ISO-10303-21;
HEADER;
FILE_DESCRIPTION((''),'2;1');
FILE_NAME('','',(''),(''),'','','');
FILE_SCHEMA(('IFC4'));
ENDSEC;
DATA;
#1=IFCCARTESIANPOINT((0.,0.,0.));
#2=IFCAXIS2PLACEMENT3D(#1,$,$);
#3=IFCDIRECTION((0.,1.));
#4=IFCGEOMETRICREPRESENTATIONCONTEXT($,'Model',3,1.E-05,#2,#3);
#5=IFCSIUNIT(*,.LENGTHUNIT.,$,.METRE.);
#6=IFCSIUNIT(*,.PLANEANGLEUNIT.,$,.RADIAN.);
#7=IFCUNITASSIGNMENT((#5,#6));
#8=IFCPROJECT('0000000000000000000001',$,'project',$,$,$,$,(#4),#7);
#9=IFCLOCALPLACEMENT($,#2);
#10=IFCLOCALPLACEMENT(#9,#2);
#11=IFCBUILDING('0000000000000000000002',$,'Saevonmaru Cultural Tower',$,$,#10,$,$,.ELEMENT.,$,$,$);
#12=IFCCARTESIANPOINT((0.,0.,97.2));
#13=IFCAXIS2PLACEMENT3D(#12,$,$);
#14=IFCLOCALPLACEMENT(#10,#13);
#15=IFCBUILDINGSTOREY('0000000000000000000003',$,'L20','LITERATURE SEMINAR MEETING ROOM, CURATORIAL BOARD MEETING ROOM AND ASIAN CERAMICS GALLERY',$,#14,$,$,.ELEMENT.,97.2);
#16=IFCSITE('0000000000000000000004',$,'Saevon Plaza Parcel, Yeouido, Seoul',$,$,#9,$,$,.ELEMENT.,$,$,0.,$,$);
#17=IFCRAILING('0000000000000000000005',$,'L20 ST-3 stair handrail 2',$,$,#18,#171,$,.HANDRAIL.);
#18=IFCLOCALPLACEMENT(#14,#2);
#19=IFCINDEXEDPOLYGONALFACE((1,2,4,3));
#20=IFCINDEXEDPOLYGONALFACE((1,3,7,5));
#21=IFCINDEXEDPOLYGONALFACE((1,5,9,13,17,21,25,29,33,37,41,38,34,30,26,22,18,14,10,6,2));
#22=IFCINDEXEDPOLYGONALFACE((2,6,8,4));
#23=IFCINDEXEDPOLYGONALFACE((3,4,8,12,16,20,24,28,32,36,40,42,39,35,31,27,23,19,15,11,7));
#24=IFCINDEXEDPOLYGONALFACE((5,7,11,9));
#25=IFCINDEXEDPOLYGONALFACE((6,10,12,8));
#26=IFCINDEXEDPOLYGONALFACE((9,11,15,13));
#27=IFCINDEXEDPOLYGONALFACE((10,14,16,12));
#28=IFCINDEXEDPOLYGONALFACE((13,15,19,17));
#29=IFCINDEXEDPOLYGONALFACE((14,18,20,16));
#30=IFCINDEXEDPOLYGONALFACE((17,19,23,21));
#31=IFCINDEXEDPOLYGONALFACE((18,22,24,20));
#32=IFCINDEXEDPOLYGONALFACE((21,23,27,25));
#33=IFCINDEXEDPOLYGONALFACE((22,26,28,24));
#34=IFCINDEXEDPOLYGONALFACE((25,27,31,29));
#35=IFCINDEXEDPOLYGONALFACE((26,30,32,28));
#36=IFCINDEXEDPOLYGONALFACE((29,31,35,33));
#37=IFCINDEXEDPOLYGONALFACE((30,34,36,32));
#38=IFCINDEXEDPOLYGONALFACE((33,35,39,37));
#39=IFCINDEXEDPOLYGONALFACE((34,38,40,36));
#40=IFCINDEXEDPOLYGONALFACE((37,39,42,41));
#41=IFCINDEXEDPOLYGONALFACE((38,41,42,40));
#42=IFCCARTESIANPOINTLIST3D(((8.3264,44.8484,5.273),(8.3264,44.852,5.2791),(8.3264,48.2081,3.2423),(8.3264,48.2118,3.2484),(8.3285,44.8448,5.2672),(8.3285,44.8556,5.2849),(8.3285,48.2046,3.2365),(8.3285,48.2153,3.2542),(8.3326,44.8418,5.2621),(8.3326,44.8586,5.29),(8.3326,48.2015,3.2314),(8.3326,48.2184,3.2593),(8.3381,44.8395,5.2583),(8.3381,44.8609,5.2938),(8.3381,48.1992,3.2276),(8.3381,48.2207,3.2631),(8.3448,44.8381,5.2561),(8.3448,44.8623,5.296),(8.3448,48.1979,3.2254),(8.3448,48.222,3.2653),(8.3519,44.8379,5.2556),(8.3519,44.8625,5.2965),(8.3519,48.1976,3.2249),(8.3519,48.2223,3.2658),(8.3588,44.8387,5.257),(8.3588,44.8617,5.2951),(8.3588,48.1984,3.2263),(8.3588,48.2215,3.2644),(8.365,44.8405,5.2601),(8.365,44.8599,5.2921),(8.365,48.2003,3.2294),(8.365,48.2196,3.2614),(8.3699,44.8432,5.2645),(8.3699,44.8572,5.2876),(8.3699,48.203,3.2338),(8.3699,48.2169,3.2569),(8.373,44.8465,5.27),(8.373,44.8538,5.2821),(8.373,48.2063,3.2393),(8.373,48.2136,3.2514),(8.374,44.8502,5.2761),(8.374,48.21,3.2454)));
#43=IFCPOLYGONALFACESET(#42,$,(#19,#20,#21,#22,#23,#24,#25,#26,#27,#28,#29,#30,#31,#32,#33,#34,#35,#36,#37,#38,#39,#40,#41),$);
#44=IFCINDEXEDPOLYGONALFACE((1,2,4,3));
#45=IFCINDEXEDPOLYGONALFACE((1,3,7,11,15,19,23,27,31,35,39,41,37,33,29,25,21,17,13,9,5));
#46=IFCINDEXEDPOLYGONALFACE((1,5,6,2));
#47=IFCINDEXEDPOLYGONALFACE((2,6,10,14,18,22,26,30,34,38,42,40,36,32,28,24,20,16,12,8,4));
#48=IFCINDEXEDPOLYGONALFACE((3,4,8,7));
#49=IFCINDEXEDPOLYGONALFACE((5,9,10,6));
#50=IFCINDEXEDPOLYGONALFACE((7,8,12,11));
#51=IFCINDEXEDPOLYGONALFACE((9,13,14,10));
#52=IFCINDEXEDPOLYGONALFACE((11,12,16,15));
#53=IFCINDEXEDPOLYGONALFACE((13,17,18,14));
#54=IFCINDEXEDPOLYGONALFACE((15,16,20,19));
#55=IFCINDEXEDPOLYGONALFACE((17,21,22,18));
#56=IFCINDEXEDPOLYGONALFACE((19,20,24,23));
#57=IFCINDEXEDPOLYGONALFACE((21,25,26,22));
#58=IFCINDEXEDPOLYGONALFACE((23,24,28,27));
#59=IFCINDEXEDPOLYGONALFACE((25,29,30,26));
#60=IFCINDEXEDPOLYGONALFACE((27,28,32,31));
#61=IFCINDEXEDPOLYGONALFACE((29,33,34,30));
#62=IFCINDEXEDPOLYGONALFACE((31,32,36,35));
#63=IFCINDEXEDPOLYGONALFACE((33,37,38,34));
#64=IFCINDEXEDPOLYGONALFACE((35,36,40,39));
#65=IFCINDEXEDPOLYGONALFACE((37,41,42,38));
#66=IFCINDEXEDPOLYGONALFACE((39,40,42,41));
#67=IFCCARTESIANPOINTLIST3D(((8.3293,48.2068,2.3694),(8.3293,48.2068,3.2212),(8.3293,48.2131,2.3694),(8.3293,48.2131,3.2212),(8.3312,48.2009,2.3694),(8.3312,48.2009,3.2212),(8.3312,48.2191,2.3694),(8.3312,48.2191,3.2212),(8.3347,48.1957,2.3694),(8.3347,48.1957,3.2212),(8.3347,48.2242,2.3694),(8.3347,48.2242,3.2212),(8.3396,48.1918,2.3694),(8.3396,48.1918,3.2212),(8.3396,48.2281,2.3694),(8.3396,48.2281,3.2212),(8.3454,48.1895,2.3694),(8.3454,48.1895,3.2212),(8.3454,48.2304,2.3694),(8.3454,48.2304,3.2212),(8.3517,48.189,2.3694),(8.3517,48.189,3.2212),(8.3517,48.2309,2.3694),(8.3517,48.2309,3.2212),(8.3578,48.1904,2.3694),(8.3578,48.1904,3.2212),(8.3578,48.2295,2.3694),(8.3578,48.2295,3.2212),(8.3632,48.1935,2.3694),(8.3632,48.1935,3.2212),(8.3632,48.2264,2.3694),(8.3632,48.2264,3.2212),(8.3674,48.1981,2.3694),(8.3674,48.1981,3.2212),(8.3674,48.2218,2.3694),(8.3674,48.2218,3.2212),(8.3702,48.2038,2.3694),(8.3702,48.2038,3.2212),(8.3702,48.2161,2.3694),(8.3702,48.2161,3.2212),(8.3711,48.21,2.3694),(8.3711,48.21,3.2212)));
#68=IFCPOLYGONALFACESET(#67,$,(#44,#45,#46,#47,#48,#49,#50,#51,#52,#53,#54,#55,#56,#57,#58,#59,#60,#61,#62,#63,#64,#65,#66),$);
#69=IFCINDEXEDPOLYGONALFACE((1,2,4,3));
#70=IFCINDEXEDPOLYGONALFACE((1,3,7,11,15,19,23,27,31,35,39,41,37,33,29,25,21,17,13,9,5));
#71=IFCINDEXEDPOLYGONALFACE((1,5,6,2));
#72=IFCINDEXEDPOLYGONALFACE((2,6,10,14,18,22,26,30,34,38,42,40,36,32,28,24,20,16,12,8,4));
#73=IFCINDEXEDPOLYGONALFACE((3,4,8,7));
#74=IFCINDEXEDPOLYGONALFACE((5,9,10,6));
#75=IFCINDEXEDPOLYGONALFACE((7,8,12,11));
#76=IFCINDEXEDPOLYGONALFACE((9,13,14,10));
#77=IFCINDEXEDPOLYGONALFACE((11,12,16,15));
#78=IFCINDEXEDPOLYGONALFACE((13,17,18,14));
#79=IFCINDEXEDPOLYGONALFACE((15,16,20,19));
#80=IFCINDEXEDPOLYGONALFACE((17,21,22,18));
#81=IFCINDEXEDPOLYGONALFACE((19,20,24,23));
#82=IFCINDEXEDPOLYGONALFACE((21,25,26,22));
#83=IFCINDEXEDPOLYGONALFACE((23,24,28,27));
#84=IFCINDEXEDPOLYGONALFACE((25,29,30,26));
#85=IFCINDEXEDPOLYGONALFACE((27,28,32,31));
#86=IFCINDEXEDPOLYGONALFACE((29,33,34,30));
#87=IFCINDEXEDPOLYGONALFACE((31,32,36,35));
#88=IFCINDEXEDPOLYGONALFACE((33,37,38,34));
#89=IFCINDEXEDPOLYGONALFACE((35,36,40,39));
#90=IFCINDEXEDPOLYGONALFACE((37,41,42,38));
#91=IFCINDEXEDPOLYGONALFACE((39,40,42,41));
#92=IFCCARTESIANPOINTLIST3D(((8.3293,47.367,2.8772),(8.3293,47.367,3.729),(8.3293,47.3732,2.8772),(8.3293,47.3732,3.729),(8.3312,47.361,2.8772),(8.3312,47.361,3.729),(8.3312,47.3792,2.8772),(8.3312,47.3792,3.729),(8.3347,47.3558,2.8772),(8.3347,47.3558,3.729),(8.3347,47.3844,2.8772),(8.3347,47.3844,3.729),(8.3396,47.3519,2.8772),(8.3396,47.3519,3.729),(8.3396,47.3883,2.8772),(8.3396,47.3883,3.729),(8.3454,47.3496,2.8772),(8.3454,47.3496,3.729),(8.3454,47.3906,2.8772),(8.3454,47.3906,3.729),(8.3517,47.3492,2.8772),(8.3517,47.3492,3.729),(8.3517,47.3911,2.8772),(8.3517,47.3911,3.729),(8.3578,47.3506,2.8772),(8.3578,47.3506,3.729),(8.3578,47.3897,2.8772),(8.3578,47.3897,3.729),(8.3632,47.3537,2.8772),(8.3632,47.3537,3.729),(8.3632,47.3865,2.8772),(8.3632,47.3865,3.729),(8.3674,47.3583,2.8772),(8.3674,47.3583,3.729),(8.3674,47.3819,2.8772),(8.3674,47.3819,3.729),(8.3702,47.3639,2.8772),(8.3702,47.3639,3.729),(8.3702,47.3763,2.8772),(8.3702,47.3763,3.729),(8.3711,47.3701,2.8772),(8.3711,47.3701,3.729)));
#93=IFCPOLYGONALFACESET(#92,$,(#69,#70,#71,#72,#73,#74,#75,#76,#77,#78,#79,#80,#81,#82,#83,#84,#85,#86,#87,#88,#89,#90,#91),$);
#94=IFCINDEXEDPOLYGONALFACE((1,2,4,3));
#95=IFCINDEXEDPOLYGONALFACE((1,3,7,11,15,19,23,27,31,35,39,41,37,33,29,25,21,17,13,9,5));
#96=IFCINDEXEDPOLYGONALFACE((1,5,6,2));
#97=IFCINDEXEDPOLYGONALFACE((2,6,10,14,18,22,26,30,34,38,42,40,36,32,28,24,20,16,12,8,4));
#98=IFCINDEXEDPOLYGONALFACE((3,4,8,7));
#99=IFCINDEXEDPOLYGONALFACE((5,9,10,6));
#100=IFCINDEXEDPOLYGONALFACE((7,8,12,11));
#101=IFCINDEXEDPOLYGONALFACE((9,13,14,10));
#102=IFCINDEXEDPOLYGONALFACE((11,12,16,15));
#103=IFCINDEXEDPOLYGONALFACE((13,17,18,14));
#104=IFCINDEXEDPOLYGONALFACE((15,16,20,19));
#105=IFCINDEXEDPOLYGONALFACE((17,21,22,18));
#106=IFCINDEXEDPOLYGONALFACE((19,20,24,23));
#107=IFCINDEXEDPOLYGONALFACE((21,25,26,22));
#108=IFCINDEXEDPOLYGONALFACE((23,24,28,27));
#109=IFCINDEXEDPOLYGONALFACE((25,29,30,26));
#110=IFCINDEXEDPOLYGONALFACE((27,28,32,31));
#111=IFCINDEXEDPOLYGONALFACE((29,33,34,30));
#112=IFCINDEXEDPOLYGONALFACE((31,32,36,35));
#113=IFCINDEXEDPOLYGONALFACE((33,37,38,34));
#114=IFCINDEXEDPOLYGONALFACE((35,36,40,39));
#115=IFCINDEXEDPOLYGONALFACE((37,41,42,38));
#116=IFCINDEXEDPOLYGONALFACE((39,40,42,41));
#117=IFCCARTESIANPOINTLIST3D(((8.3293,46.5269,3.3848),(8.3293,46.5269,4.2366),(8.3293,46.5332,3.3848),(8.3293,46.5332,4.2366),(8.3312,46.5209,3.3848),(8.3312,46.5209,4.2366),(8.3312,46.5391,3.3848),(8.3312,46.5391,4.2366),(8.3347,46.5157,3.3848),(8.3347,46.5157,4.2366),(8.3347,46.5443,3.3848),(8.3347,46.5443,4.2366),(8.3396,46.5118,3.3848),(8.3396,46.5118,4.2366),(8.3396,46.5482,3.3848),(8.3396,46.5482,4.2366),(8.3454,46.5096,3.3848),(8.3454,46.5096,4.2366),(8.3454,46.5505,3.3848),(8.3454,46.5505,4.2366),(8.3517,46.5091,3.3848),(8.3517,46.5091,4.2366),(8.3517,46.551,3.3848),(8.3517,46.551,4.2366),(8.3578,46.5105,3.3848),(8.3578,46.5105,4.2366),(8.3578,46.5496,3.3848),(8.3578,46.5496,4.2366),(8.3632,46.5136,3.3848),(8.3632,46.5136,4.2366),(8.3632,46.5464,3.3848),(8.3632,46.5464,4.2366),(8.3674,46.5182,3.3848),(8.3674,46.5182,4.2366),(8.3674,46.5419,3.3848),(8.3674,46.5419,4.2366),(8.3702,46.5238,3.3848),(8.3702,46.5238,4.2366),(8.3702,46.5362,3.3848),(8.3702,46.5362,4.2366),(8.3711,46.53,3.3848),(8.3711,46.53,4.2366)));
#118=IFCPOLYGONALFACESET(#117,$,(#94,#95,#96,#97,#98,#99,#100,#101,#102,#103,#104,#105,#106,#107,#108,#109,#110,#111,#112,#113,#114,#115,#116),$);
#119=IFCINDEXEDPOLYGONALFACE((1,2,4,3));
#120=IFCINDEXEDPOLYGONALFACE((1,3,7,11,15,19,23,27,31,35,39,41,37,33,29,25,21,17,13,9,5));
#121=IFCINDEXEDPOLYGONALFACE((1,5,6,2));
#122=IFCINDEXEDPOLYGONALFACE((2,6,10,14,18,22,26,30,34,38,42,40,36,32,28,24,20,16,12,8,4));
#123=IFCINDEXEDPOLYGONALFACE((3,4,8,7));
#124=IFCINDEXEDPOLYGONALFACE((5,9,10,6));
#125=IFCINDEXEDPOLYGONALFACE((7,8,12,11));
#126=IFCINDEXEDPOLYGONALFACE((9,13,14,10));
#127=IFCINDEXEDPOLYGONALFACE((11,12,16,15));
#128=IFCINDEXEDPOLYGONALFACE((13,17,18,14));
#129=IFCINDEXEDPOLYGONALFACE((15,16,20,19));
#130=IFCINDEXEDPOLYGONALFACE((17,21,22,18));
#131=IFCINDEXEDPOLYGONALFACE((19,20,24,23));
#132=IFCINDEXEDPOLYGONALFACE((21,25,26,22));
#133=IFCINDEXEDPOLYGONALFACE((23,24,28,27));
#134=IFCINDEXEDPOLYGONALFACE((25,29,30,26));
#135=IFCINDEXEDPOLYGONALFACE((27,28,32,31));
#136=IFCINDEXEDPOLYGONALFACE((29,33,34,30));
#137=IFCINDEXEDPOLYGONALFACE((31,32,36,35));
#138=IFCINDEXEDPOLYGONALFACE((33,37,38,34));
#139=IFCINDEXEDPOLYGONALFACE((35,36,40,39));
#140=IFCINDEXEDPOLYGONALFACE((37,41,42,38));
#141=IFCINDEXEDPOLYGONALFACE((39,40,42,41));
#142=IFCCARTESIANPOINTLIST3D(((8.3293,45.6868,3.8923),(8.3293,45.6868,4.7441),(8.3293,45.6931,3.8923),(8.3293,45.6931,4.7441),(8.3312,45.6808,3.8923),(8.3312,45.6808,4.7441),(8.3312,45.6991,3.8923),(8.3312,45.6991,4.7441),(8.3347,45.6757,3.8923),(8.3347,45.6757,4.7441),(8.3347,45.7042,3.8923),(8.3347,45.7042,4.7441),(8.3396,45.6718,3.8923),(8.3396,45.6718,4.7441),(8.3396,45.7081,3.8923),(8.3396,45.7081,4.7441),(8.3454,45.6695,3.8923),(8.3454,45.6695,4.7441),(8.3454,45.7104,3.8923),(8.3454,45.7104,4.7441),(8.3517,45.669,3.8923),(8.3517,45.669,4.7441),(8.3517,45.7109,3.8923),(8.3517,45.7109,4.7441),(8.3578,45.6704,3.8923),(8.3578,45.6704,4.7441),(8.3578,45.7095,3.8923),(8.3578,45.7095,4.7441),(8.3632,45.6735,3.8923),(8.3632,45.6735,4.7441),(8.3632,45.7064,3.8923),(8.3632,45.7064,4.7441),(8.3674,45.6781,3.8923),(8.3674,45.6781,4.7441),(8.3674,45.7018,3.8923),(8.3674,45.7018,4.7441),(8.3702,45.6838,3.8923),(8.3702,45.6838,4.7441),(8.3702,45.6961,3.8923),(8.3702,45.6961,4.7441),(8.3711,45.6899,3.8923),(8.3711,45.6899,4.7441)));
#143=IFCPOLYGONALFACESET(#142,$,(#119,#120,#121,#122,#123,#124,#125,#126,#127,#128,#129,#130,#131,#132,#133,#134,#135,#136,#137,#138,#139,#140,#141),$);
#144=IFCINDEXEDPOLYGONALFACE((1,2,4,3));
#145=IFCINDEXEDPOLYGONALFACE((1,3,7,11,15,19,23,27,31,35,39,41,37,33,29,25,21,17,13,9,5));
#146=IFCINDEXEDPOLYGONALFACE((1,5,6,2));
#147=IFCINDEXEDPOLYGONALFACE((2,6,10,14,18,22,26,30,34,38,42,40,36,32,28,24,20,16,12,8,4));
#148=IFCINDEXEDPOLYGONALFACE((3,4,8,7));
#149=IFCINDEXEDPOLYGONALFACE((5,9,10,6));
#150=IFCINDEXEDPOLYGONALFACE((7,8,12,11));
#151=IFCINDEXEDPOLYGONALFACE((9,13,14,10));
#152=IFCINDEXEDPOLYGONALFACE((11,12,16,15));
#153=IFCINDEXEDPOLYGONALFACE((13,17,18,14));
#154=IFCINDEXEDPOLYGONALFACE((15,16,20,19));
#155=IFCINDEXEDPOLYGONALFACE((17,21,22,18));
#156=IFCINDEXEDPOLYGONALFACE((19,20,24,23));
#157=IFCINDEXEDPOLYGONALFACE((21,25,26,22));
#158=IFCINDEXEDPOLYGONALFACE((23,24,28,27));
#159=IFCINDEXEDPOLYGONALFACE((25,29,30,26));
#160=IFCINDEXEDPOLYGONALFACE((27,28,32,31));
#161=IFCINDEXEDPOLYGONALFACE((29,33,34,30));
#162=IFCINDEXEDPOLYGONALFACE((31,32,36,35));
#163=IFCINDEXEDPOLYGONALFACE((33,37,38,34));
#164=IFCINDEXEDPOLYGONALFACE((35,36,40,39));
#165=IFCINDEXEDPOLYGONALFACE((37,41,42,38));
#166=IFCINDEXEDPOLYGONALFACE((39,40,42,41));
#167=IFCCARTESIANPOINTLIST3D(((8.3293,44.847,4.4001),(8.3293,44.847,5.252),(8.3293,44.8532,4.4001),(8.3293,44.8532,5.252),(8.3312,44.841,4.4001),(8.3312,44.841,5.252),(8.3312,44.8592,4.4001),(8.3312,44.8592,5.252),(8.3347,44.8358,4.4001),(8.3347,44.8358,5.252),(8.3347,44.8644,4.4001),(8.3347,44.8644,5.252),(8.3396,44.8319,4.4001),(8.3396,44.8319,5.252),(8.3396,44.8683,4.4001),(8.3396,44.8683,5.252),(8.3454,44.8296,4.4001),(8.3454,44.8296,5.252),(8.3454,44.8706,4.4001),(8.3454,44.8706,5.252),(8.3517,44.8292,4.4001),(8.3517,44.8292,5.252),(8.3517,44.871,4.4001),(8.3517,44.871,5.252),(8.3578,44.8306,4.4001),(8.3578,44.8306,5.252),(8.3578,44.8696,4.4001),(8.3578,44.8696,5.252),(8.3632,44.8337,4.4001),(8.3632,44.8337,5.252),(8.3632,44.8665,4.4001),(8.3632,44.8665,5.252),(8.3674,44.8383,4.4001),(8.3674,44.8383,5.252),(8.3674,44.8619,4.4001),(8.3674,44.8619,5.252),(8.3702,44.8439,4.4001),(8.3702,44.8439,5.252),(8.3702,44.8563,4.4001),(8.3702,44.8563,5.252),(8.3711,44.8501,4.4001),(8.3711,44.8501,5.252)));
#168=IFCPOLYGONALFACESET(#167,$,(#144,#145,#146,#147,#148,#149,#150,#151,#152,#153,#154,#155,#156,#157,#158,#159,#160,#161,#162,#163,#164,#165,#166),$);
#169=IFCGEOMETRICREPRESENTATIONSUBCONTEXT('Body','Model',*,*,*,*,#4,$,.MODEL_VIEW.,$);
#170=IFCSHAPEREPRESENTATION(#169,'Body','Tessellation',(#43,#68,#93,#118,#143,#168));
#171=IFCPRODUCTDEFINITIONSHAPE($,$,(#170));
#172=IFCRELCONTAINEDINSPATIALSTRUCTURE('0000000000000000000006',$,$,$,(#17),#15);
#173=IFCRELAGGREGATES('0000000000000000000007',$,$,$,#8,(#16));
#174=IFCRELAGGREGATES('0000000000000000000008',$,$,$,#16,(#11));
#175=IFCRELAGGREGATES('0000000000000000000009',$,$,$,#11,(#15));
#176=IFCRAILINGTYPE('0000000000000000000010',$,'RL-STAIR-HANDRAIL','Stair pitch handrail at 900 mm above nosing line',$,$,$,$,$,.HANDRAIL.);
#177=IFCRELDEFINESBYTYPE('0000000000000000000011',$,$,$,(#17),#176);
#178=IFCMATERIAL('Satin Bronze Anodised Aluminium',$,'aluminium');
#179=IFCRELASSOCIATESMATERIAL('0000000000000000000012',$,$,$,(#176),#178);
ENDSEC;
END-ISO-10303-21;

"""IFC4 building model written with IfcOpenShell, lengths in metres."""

from ifc_helpers import new_model, si_unit, direction, frame, origin, origin_2d, place, context, subcontext, project, spatial, circle, extrude, material, type_object, element, save


model = new_model("IFC4")

# Units and contexts
model_context = context("Model", 3, precision=1e-05, world=origin(), true_north=direction((0.0, 1.0)))
body_context = subcontext(model_context, "Body", "Model", "MODEL_VIEW")
ifc_project = project(units=[si_unit("LENGTHUNIT", "METRE"), si_unit("PLANEANGLEUNIT", "RADIAN")], contexts=[model_context])

# Site, building, storey
site_placement = place(None, origin())
site = spatial("IfcSite", under=ifc_project, at=site_placement, Name="Saevon Plaza Parcel, Yeouido, Seoul", CompositionType="ELEMENT", RefElevation=0.0)
building_placement = place(site_placement, origin())
building = spatial("IfcBuilding", under=site, at=building_placement, Name="Saevonmaru Cultural Tower", CompositionType="ELEMENT")
storey_placement = place(building_placement, frame((0.0, 0.0, 97.2)))
storey = spatial("IfcBuildingStorey", under=building, at=storey_placement, Name="L20", Description="LITERATURE SEMINAR MEETING ROOM, CURATORIAL BOARD MEETING ROOM AND ASIAN CERAMICS GALLERY", CompositionType="ELEMENT", Elevation=97.2)

# Shared definitions
ifc_material_1 = material(Name="Satin Bronze Anodised Aluminium", Category="aluminium")

# Railing
railing_type_1 = type_object("IfcRailingType", Name="RL-STAIR-HANDRAIL", Description="Stair pitch handrail at 900 mm above nosing line", PredefinedType="HANDRAIL", material=ifc_material_1)
railing_1_placement = place(storey_placement, frame((8.3501, 48.21, 2.3694)))
element("IfcRailing", 1, at=railing_1_placement, inside=storey, type_object=railing_type_1, Name="L20 ST-3 stair handrail 2", PredefinedType="HANDRAIL", context=body_context, shape_type="SweptSolid", body=[
    extrude(circle(Radius=0.0239, at=origin_2d()), frame((0.0, 0.0, 0.876), z_axis=(0.0, -0.85582, 0.517273), x_axis=(1.0, 0.0, 0.0)), (0.0, 0.0, 1.0), 3.9258),
    extrude(circle(Radius=0.021, at=origin_2d()), origin(), (0.0, 0.0, 1.0), 0.8518),
    extrude(circle(Radius=0.021, at=origin_2d()), frame((0.0, -0.8398, 0.5078)), (0.0, 0.0, 1.0), 0.8518),
    extrude(circle(Radius=0.021, at=origin_2d()), frame((0.0, -1.6799, 1.0154)), (0.0, 0.0, 1.0), 0.8518),
    extrude(circle(Radius=0.021, at=origin_2d()), frame((0.0, -2.52, 1.5229)), (0.0, 0.0, 1.0), 0.8518),
    extrude(circle(Radius=0.021, at=origin_2d()), frame((0.0, -3.3599, 2.0308)), (0.0, 0.0, 1.0), 0.8518),
])

save(model, "model.ifc")
